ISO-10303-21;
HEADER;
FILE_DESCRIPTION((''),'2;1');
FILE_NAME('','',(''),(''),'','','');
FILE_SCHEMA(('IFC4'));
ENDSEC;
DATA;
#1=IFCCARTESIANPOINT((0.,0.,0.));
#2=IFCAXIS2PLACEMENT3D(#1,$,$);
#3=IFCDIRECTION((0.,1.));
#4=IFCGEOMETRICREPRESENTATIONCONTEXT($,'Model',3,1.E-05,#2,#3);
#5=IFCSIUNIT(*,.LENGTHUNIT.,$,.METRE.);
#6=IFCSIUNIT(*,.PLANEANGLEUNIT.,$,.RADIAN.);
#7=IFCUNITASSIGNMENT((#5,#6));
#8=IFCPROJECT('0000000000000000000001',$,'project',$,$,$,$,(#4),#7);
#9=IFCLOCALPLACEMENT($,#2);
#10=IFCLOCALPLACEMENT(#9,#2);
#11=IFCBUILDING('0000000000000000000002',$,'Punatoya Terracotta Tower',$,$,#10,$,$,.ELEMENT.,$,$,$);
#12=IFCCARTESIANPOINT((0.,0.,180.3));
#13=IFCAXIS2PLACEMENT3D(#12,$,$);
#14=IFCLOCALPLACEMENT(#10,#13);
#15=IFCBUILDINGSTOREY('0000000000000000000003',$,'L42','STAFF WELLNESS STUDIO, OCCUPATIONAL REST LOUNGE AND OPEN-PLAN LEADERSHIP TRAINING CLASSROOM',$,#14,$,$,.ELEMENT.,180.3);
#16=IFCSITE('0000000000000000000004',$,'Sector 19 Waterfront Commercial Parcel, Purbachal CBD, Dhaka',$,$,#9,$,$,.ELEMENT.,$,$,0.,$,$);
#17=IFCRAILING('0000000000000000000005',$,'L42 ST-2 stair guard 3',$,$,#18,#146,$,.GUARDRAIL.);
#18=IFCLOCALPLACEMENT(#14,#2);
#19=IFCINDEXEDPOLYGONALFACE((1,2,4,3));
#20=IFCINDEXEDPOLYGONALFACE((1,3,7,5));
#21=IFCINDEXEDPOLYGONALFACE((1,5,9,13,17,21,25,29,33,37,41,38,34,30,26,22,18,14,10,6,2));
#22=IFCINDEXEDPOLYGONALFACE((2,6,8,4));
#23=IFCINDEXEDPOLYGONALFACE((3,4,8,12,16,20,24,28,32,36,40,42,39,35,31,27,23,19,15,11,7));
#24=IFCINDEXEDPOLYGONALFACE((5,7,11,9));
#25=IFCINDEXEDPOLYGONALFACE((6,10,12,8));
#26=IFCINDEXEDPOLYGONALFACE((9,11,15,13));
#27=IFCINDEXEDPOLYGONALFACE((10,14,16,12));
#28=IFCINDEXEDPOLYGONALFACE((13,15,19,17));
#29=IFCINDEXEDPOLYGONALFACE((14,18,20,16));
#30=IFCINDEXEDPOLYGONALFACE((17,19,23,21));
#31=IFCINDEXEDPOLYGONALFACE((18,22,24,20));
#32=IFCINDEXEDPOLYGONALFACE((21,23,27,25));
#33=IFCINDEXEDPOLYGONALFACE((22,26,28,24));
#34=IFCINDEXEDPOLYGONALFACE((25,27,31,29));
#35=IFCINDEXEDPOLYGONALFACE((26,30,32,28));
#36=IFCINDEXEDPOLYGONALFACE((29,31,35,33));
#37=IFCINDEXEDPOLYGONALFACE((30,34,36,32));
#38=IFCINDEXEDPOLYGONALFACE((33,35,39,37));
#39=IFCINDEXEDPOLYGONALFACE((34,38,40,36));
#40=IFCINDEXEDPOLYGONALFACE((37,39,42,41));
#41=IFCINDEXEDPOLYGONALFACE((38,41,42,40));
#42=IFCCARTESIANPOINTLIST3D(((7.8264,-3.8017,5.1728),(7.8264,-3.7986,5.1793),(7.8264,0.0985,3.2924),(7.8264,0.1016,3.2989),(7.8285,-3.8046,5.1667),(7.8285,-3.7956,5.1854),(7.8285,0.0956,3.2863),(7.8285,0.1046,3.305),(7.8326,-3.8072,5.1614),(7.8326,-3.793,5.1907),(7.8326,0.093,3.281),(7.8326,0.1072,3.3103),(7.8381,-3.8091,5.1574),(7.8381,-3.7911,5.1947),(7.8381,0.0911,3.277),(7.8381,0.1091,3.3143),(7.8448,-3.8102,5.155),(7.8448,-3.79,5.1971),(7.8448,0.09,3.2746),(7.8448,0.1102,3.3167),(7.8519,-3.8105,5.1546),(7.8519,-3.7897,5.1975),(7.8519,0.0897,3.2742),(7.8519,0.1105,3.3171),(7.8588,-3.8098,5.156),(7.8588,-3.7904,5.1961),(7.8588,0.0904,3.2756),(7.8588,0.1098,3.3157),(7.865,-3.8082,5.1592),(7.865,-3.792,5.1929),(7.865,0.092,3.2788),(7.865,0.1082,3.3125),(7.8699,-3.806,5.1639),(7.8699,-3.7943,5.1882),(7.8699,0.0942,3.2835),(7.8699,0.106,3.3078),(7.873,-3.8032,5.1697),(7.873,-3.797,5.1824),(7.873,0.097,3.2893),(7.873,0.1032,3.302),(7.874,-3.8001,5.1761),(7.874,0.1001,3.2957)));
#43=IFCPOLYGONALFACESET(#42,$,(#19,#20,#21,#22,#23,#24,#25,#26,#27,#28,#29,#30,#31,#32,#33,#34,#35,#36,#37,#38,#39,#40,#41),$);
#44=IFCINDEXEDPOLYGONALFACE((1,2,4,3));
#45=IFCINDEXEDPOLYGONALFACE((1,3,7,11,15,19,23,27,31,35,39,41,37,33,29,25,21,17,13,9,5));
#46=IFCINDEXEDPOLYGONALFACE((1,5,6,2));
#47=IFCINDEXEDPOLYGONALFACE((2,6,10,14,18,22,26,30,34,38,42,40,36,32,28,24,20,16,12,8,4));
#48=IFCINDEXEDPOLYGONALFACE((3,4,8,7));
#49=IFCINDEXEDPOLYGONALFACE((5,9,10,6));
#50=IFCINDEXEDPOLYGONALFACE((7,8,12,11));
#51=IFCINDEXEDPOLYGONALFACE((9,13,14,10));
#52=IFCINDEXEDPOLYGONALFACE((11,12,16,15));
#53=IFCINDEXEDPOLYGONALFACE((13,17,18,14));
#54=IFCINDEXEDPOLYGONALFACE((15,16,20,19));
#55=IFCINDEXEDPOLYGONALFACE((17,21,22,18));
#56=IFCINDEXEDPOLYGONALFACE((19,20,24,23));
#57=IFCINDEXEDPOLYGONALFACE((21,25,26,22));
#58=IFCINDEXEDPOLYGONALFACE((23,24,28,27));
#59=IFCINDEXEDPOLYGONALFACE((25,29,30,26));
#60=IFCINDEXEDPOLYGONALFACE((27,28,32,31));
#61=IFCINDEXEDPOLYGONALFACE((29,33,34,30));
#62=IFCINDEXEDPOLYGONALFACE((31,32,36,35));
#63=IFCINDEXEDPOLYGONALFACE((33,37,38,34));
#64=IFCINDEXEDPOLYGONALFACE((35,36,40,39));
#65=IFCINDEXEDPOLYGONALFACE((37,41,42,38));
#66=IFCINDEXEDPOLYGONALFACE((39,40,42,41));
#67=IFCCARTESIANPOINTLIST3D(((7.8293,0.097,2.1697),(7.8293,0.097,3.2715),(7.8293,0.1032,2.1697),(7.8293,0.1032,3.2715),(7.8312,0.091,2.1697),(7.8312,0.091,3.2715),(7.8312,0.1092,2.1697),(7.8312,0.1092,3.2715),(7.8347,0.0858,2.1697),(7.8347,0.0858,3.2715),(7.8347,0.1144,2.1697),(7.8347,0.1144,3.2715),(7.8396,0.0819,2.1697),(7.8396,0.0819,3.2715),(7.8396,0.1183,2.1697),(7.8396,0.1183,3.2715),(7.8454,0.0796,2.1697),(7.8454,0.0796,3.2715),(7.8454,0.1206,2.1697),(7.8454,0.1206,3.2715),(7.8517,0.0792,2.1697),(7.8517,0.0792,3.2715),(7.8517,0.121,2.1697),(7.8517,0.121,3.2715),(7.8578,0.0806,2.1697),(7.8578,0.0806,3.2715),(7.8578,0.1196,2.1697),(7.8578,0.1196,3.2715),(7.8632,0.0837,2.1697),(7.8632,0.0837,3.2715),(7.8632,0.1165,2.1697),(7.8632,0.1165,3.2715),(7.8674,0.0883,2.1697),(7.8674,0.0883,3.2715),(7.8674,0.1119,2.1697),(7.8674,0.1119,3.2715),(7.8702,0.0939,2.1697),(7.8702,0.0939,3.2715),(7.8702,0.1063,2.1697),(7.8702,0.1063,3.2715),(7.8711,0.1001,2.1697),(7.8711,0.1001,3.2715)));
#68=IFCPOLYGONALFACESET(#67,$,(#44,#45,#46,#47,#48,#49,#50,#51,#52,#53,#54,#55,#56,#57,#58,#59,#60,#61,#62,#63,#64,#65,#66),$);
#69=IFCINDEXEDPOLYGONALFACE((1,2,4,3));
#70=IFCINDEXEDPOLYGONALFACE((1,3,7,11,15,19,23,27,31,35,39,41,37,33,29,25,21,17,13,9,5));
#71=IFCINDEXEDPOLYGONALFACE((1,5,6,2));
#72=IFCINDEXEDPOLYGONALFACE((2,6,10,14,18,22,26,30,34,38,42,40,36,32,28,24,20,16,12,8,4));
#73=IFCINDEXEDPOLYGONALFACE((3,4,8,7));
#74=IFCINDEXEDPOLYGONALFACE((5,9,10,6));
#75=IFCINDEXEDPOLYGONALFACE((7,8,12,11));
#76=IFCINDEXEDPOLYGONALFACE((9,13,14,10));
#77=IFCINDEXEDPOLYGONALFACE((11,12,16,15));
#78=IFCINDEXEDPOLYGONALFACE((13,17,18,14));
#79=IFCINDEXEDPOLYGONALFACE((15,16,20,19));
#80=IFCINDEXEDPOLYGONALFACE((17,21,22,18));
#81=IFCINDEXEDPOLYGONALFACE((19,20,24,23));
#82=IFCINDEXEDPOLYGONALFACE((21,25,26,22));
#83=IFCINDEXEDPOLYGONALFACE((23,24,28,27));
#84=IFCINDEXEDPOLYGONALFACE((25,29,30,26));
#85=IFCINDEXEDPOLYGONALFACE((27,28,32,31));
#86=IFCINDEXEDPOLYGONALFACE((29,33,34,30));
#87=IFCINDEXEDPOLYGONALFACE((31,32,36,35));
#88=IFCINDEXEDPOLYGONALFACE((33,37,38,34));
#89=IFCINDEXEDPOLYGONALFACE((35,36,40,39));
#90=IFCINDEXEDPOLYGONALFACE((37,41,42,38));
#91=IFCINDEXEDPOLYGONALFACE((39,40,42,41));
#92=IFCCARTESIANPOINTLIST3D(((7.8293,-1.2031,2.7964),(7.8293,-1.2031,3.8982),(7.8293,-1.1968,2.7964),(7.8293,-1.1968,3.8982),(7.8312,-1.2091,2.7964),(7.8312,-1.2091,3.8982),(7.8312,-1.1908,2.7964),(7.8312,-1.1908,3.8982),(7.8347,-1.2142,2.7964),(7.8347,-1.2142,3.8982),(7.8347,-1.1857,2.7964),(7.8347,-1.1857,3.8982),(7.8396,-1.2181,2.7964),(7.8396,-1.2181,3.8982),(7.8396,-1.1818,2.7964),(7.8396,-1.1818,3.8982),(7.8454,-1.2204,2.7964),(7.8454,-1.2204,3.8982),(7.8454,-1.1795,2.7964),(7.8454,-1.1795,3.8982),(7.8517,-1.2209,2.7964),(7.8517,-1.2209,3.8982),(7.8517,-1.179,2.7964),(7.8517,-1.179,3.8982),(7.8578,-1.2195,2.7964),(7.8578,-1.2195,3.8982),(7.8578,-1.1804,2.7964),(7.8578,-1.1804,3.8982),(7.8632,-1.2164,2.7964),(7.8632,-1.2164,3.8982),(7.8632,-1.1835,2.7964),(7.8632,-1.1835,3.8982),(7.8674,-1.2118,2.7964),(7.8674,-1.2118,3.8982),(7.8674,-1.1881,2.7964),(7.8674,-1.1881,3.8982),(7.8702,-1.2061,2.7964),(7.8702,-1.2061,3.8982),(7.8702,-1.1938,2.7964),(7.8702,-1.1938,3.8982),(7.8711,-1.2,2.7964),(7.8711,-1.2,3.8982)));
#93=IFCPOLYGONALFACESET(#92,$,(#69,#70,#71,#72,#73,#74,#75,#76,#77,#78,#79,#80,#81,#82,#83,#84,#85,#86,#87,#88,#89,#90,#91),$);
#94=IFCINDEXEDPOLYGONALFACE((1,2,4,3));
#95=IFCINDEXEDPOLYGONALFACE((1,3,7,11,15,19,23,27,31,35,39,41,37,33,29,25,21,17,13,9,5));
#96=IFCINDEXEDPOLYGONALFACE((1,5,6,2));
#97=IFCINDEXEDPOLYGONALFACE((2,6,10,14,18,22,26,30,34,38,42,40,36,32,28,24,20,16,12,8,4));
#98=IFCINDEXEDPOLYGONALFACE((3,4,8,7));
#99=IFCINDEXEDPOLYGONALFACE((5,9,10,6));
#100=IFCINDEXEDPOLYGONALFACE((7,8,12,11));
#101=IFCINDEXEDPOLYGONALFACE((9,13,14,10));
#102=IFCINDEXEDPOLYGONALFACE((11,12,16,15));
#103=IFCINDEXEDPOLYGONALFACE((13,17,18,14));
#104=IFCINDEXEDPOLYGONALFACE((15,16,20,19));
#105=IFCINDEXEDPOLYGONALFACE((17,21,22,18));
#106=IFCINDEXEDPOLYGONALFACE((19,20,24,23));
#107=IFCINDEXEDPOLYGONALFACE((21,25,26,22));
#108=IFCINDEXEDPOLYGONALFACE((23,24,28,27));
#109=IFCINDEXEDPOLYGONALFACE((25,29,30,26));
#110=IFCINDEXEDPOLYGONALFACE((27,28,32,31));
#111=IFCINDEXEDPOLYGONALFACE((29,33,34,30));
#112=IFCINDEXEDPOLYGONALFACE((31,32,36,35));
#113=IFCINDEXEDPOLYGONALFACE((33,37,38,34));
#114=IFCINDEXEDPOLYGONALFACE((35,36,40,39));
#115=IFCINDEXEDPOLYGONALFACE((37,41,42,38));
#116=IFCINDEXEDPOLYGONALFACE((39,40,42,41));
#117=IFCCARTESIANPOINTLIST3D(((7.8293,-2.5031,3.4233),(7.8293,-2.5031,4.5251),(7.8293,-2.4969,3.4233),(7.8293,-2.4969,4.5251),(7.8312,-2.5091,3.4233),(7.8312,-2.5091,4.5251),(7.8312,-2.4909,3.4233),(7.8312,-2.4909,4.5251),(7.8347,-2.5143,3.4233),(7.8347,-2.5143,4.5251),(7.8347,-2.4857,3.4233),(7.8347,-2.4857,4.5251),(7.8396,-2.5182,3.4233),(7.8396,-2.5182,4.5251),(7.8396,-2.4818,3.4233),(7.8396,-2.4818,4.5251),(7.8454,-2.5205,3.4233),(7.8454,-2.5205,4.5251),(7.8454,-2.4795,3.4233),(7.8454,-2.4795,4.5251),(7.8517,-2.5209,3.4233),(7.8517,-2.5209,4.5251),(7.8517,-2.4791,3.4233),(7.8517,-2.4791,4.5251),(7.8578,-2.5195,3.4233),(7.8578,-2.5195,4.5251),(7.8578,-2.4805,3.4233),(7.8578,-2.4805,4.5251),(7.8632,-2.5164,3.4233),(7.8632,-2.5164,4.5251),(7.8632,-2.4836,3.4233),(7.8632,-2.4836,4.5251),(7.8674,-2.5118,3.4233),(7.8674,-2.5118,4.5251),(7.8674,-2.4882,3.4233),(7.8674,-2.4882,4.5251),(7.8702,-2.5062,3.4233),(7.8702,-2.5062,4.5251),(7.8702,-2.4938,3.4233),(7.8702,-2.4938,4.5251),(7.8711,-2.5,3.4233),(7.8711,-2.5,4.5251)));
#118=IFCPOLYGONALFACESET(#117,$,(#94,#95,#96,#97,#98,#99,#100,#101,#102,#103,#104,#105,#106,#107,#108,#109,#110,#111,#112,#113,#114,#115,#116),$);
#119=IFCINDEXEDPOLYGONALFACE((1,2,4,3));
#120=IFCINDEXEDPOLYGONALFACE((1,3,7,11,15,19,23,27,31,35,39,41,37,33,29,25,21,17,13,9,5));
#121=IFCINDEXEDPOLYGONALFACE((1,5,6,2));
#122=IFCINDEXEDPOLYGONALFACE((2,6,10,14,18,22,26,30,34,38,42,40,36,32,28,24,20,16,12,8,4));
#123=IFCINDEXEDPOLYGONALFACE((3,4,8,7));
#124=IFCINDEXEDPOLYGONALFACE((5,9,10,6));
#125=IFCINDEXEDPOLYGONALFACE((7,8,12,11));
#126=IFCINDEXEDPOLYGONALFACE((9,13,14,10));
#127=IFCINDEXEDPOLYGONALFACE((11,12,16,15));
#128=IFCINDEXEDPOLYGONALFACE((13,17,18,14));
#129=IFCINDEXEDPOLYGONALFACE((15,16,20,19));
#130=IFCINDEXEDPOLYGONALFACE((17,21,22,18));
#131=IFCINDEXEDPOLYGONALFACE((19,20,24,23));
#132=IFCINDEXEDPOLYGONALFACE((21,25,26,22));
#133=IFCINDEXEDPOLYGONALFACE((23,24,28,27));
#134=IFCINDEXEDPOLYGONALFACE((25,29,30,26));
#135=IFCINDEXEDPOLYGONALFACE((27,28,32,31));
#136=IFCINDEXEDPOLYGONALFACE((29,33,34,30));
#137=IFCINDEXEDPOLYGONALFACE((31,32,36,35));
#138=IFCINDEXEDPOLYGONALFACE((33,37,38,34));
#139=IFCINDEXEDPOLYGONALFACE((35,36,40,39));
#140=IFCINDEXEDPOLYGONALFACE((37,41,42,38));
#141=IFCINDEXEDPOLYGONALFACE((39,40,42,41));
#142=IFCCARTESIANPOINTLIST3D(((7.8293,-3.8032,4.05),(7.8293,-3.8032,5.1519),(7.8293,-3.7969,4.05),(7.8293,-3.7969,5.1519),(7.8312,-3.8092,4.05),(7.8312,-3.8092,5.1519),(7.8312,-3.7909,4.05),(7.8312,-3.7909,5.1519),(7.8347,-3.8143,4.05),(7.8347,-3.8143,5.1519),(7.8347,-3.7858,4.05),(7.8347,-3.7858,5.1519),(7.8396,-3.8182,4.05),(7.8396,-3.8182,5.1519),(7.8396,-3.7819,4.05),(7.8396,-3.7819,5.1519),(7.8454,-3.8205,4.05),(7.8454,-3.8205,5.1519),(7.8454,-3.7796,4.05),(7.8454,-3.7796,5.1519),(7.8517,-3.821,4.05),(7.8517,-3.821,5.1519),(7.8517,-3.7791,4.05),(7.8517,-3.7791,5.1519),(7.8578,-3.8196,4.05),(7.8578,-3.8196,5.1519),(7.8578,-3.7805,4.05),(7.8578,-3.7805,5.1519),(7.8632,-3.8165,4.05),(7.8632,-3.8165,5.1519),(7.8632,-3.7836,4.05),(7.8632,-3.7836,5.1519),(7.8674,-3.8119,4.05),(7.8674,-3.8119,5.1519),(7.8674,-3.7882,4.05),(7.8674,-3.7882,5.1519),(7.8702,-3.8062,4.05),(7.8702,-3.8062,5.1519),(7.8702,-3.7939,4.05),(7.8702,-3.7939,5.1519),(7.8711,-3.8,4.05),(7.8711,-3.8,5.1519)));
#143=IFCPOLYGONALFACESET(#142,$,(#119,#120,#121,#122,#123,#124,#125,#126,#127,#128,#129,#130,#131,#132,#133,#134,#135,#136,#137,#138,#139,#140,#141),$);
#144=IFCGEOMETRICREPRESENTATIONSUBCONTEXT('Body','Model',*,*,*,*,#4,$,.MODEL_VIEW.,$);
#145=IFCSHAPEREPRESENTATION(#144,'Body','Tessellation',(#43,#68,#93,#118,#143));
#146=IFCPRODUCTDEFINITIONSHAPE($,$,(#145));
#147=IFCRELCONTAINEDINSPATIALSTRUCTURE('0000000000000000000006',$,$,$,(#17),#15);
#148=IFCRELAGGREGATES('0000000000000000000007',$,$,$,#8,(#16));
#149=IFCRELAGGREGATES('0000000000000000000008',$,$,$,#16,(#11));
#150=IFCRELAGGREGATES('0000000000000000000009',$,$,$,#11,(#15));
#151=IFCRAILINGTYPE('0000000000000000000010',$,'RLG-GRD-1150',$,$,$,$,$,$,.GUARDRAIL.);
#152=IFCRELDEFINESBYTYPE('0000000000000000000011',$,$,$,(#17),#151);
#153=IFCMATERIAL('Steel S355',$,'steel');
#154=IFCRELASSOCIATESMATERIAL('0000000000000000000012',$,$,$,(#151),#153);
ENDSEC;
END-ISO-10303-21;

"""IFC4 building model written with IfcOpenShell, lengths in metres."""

from ifc_helpers import new_model, si_unit, direction, frame, origin, origin_2d, place, context, subcontext, project, spatial, circle, extrude, material, type_object, element, save


model = new_model("IFC4")

# Units and contexts
model_context = context("Model", 3, precision=1e-05, world=origin(), true_north=direction((0.0, 1.0)))
body_context = subcontext(model_context, "Body", "Model", "MODEL_VIEW")
ifc_project = project(units=[si_unit("LENGTHUNIT", "METRE"), si_unit("PLANEANGLEUNIT", "RADIAN")], contexts=[model_context])

# Site, building, storey
site_placement = place(None, origin())
site = spatial("IfcSite", under=ifc_project, at=site_placement, Name="Sector 19 Waterfront Commercial Parcel, Purbachal CBD, Dhaka", CompositionType="ELEMENT", RefElevation=0.0)
building_placement = place(site_placement, origin())
building = spatial("IfcBuilding", under=site, at=building_placement, Name="Punatoya Terracotta Tower", CompositionType="ELEMENT")
storey_placement = place(building_placement, frame((0.0, 0.0, 180.3)))
storey = spatial("IfcBuildingStorey", under=building, at=storey_placement, Name="L42", Description="STAFF WELLNESS STUDIO, OCCUPATIONAL REST LOUNGE AND OPEN-PLAN LEADERSHIP TRAINING CLASSROOM", CompositionType="ELEMENT", Elevation=180.3)

# Shared definitions
ifc_material_1 = material(Name="Steel S355", Category="steel")

# Railing
railing_type_1 = type_object("IfcRailingType", Name="RLG-GRD-1150", PredefinedType="GUARDRAIL", material=ifc_material_1)
railing_1_placement = place(storey_placement, frame((7.8501, 0.1001, 2.1697)))
element("IfcRailing", 1, at=railing_1_placement, inside=storey, type_object=railing_type_1, Name="L42 ST-2 stair guard 3", PredefinedType="GUARDRAIL", context=body_context, shape_type="SweptSolid", body=[
    extrude(circle(Radius=0.0239, at=origin_2d()), frame((0.0, 0.0, 1.126), z_axis=(0.0, -0.900774, 0.434289), x_axis=(1.0, 0.0, 0.0)), (0.0, 0.0, 1.0), 4.3298),
    extrude(circle(Radius=0.021, at=origin_2d()), origin(), (0.0, 0.0, 1.0), 1.1018),
    extrude(circle(Radius=0.021, at=origin_2d()), frame((0.0, -1.3, 0.6267)), (0.0, 0.0, 1.0), 1.1018),
    extrude(circle(Radius=0.021, at=origin_2d()), frame((0.0, -2.6001, 1.2537)), (0.0, 0.0, 1.0), 1.1018),
    extrude(circle(Radius=0.021, at=origin_2d()), frame((0.0, -3.9001, 1.8804)), (0.0, 0.0, 1.0), 1.1018),
])

save(model, "model.ifc")
